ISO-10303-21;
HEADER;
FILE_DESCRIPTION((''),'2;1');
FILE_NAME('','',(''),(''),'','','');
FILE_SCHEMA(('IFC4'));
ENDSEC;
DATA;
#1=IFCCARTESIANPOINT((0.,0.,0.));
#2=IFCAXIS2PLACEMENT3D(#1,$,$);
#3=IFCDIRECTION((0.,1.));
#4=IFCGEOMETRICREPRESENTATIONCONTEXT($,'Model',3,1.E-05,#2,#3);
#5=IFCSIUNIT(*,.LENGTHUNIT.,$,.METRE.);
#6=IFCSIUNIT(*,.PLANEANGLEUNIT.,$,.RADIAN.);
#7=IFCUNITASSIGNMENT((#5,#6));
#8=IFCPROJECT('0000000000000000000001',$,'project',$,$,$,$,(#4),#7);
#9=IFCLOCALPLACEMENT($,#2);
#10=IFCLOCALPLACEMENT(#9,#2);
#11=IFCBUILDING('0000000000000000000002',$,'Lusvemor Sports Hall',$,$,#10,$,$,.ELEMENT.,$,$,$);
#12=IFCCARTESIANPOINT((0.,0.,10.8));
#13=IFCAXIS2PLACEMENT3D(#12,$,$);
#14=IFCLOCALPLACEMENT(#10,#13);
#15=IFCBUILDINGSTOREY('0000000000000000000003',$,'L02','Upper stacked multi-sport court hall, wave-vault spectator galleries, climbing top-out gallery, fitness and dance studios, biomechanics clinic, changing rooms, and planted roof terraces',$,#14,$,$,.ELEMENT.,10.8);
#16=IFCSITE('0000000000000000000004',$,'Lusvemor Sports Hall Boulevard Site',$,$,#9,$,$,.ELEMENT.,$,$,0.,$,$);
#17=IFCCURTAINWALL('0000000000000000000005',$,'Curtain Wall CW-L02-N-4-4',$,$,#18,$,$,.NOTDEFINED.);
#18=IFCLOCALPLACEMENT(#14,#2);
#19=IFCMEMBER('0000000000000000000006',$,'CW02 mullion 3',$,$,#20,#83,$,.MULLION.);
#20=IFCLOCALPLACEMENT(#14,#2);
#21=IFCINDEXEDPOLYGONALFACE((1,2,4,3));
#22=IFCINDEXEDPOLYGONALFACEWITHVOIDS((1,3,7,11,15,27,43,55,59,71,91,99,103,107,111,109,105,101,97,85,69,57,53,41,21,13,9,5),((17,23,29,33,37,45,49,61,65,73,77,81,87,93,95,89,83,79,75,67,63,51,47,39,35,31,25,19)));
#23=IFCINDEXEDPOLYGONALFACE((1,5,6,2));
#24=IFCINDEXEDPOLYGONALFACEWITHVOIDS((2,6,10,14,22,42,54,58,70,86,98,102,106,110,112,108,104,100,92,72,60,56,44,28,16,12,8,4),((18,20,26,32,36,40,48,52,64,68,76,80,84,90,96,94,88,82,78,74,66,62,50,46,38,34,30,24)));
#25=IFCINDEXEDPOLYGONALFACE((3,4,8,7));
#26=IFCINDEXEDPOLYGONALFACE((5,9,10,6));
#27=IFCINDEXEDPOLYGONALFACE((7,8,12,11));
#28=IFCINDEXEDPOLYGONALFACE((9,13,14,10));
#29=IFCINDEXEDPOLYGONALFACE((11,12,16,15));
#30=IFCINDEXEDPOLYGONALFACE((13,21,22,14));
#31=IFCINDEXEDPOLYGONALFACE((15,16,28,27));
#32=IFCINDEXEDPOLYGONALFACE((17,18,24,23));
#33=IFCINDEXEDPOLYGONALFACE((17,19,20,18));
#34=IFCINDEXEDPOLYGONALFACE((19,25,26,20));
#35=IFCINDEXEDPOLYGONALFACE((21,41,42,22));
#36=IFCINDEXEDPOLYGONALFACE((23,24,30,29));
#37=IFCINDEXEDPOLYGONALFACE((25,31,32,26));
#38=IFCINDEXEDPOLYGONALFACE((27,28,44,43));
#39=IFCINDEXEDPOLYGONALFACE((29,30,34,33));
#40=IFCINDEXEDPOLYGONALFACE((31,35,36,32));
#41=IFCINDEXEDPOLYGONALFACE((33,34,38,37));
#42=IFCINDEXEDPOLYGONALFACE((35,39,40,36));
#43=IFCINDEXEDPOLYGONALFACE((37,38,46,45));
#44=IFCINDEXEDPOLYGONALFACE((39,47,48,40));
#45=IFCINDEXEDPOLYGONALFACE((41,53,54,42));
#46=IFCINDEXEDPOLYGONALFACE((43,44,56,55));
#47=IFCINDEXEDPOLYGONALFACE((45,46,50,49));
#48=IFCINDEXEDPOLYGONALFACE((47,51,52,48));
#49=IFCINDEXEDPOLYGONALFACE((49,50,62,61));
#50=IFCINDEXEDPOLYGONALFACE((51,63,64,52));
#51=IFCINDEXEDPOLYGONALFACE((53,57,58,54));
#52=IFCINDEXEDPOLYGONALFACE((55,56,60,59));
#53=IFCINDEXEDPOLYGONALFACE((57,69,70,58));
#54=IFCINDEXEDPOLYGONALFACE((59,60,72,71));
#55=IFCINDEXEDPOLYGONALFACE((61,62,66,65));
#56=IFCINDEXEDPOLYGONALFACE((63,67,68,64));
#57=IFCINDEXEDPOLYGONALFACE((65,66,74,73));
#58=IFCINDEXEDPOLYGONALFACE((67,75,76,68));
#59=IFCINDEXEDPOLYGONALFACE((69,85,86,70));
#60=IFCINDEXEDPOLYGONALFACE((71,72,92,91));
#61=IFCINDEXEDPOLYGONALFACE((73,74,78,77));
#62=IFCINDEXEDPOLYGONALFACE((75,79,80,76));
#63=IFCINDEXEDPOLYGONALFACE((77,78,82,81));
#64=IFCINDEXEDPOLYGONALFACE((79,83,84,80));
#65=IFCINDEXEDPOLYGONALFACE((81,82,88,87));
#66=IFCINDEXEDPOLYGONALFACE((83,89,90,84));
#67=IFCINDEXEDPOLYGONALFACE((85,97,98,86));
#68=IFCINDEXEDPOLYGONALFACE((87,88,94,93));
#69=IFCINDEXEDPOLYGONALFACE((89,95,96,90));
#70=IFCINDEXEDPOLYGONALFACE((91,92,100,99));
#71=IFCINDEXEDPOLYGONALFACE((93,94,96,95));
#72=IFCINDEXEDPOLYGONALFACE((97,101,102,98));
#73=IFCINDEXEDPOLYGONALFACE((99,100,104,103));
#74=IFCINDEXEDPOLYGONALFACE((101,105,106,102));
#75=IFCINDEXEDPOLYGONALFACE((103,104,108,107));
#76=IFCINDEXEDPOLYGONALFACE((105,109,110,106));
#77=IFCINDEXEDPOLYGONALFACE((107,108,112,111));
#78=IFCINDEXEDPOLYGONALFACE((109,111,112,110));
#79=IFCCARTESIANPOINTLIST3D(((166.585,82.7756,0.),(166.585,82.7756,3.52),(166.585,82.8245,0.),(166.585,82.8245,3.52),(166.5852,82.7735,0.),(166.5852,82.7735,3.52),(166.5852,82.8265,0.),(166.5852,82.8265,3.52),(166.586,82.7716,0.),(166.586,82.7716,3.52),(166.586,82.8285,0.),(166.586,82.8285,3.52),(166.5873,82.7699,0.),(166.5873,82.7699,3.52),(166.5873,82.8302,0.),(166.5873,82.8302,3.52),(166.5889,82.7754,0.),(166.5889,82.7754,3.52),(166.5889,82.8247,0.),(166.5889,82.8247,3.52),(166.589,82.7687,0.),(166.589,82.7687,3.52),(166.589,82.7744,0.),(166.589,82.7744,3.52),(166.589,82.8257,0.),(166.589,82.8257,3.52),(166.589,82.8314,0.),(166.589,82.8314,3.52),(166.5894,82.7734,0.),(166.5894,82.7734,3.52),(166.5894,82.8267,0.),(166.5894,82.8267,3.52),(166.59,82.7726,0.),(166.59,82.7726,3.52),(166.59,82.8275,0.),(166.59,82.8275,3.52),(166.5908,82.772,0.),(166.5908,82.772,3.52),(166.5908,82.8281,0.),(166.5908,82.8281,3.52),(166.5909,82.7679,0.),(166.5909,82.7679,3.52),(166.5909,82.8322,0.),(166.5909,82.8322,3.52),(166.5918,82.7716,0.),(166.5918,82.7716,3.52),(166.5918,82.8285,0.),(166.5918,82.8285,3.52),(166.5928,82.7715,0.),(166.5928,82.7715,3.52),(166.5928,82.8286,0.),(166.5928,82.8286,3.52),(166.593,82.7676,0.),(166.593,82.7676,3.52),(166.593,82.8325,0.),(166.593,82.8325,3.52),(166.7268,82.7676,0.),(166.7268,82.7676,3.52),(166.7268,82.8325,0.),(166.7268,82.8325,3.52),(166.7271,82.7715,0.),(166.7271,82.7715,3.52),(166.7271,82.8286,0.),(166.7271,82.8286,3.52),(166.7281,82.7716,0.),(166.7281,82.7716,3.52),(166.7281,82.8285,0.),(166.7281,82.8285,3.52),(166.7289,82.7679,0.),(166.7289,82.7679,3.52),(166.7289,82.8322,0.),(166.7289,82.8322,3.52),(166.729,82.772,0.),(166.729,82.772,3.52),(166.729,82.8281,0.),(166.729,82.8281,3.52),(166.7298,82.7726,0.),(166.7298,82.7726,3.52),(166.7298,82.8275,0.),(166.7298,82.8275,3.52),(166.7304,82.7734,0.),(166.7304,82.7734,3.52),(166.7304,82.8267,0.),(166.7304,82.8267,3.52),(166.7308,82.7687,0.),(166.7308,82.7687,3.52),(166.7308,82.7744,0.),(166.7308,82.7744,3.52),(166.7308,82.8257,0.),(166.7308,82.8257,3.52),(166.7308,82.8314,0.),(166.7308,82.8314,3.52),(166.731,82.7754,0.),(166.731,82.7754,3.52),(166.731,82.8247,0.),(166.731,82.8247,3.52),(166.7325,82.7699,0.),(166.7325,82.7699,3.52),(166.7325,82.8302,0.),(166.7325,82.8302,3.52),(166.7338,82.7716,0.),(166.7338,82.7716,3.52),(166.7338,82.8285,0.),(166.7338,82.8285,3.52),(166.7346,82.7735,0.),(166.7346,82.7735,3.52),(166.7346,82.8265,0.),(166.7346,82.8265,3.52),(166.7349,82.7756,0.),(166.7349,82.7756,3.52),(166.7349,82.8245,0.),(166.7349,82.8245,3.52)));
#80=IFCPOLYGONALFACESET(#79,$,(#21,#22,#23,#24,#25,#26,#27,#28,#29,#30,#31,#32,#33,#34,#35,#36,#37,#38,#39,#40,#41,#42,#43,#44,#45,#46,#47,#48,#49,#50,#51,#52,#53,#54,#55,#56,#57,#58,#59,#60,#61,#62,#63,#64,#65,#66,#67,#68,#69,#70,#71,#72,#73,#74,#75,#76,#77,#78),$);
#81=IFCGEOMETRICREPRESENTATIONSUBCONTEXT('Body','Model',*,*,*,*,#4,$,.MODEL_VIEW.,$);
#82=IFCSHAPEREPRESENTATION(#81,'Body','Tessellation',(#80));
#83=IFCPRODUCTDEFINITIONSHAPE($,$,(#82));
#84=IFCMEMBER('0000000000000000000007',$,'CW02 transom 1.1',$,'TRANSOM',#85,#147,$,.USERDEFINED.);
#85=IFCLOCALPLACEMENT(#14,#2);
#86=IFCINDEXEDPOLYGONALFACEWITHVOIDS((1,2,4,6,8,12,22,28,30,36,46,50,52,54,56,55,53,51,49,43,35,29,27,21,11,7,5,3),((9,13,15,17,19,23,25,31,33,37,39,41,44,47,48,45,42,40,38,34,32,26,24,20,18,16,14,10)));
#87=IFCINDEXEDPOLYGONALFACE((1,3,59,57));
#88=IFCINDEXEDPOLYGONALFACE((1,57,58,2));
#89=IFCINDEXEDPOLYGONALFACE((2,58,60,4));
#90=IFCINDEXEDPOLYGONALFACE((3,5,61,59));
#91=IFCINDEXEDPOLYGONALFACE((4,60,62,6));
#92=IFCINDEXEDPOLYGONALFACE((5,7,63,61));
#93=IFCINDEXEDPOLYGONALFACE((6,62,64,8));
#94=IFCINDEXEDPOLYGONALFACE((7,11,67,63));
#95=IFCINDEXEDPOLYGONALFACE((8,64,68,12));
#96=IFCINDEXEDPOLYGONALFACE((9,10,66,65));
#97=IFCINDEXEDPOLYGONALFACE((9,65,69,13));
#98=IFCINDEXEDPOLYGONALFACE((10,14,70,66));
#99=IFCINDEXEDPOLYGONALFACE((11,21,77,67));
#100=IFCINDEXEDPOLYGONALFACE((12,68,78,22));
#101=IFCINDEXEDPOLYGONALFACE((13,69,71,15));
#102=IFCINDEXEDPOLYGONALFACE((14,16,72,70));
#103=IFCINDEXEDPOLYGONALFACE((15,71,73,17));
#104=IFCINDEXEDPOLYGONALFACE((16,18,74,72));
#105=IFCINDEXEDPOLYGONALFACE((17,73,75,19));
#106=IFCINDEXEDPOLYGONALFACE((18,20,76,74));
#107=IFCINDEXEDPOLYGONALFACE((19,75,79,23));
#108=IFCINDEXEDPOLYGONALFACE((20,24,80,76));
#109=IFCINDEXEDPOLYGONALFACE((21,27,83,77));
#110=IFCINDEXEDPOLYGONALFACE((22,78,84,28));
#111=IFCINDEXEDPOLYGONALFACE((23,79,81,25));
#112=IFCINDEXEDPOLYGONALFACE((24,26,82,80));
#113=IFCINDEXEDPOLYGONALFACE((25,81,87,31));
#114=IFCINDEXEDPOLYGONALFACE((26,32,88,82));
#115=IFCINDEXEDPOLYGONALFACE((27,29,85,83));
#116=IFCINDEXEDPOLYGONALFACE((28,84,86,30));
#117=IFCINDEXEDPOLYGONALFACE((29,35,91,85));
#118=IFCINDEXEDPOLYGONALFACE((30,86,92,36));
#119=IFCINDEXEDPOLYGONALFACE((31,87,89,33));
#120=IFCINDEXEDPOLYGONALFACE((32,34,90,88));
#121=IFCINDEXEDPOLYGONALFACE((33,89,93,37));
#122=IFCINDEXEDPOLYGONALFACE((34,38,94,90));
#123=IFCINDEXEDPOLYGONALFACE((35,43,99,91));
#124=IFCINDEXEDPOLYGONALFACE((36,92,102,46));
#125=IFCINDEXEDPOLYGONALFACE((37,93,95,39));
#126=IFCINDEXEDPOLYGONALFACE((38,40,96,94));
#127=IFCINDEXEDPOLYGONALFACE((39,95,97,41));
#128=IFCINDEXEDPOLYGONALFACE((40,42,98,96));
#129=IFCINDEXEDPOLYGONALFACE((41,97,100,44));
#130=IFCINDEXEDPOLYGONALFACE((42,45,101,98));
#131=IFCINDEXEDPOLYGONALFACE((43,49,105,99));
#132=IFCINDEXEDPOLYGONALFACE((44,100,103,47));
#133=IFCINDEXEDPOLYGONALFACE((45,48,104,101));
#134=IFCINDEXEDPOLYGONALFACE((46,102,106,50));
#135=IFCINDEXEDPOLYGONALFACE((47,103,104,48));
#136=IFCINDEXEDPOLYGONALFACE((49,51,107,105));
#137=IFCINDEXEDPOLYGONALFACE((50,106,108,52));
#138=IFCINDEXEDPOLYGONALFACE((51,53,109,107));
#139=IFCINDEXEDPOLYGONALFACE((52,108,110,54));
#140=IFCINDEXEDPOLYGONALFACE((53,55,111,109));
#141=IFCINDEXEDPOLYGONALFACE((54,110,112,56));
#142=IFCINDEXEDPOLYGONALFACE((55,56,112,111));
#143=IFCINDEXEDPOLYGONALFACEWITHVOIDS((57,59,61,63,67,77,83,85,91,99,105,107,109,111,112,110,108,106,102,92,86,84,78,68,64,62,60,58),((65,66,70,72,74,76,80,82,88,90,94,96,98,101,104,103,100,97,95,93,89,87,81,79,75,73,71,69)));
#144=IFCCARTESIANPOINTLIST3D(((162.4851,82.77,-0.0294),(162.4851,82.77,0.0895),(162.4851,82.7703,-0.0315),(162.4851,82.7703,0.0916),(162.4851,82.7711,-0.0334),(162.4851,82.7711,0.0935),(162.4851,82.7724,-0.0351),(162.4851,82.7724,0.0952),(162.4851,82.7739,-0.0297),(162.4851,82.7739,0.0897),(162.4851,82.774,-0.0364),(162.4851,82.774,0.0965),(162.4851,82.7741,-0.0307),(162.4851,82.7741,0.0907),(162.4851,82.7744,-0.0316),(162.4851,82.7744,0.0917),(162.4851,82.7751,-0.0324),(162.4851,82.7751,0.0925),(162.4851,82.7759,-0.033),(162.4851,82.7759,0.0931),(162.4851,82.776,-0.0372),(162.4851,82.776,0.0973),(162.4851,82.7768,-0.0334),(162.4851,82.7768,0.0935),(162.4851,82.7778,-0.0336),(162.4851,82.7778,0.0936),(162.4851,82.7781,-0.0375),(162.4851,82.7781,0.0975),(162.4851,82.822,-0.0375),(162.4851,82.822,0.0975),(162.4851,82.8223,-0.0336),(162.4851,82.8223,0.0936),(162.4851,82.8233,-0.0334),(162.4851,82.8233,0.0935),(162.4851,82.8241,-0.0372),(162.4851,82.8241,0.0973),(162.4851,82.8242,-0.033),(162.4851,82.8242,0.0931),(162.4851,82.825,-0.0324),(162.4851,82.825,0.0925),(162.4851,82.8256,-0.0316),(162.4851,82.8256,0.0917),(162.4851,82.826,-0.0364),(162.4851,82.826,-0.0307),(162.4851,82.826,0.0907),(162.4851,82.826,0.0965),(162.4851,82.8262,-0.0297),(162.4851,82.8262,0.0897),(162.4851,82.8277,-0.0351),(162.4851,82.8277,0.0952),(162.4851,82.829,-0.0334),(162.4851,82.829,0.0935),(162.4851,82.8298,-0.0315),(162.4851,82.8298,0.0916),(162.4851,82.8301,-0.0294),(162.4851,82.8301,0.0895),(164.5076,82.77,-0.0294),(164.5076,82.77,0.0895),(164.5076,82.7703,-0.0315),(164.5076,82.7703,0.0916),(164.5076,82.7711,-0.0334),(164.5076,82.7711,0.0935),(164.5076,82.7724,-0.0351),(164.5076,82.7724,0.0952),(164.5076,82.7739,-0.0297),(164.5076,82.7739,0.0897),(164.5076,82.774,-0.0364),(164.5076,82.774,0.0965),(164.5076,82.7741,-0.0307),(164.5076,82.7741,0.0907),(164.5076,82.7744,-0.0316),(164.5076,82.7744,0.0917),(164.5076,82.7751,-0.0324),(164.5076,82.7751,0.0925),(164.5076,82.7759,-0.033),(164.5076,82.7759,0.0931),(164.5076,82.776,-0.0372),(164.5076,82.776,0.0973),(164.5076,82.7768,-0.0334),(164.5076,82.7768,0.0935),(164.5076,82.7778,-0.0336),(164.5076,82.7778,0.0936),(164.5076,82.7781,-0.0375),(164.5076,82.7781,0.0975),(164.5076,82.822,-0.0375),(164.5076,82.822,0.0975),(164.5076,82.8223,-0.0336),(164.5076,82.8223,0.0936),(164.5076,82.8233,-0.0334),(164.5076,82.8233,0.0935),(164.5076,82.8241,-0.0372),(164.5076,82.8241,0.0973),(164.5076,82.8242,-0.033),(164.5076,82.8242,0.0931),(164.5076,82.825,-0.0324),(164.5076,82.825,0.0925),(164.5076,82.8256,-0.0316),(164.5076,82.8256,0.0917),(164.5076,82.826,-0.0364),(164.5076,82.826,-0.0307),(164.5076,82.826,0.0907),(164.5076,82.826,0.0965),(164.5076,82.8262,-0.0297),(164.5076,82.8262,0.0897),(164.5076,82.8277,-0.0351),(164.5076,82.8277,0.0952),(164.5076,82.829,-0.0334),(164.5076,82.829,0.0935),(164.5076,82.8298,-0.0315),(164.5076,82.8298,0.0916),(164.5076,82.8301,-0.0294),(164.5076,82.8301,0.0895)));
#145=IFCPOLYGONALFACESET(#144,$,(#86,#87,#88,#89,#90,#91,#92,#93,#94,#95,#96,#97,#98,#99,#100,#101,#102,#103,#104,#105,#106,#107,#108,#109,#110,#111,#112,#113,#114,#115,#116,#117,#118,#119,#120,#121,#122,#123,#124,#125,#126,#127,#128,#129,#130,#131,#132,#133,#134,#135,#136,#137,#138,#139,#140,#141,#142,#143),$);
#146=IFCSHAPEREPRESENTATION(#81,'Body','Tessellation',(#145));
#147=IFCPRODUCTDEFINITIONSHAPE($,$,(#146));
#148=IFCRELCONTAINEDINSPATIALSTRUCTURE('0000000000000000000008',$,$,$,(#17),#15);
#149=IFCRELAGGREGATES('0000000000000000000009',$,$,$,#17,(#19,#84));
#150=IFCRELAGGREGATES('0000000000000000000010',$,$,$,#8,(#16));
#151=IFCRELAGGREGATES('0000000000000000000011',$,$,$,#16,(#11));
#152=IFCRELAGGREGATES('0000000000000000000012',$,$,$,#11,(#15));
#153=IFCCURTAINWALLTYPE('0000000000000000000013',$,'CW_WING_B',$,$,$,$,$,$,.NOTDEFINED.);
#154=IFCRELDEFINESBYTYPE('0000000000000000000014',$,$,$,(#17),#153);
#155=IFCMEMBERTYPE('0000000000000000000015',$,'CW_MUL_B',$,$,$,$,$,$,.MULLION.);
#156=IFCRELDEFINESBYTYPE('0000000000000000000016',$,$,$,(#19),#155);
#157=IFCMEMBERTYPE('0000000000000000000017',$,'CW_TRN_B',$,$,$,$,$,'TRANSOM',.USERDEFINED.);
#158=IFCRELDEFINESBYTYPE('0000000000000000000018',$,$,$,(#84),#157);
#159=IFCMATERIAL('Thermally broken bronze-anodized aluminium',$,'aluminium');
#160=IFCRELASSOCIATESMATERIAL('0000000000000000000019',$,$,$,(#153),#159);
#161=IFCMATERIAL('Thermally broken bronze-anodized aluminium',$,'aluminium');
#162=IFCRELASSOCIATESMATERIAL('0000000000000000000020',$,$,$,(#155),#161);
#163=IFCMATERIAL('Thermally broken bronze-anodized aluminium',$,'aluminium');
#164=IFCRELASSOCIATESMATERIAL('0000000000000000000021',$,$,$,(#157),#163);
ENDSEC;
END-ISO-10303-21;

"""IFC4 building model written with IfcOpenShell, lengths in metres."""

from ifc_helpers import new_model, si_unit, direction, frame, origin, origin_2d, place, context, subcontext, project, spatial, hollow_rectangle, extrude, material, material_profile, profile_set, type_object, element, aggregate, save


model = new_model("IFC4")

# Units and contexts
model_context = context("Model", 3, precision=1e-05, world=origin(), true_north=direction((0.0, 1.0)))
body_context = subcontext(model_context, "Body", "Model", "MODEL_VIEW")
ifc_project = project(units=[si_unit("LENGTHUNIT", "METRE"), si_unit("PLANEANGLEUNIT", "RADIAN")], contexts=[model_context])

# Site, building, storey
site_placement = place(None, origin())
site = spatial("IfcSite", under=ifc_project, at=site_placement, Name="Lusvemor Sports Hall Boulevard Site", CompositionType="ELEMENT", RefElevation=0.0)
building_placement = place(site_placement, origin())
building = spatial("IfcBuilding", under=site, at=building_placement, Name="Lusvemor Sports Hall", CompositionType="ELEMENT")
storey_placement = place(building_placement, frame((0.0, 0.0, 10.8)))
storey = spatial("IfcBuildingStorey", under=building, at=storey_placement, Name="L02", Description="Upper stacked multi-sport court hall, wave-vault spectator galleries, climbing top-out gallery, fitness and dance studios, biomechanics clinic, changing rooms, and planted roof terraces", CompositionType="ELEMENT", Elevation=10.8)

# Curtain wall, members
ifc_material_1 = material(Name="Thermally broken bronze-anodized aluminium", Category="aluminium")
curtain_wall_type = type_object("IfcCurtainWallType", Name="CW_WING_B", PredefinedType="NOTDEFINED", material=ifc_material_1)
curtain_wall_placement = place(storey_placement, origin())
curtain_wall = element("IfcCurtainWall", 1, at=curtain_wall_placement, inside=storey, type_object=curtain_wall_type, Name="Curtain Wall CW-L02-N-4-4", PredefinedType="NOTDEFINED")
ifc_material_2 = material(Name="Thermally broken bronze-anodized aluminium", Category="aluminium")
ifc_material_profile_1 = material_profile(ifc_material_2, hollow_rectangle(XDim=0.0649, YDim=0.1499, WallThickness=0.0039, InnerFilletRadius=0.0039, OuterFilletRadius=0.0081, at=origin_2d()), Name="CWMUL150x65x4")
ifc_profile_set_1 = profile_set([ifc_material_profile_1], Name="Thermally broken bronze-anodized aluminium")
member_type_1 = type_object("IfcMemberType", Name="CW_MUL_B", PredefinedType="MULLION", material=ifc_profile_set_1)
member_1_placement = place(storey_placement, frame((166.6599, 82.8, 0.0), z_axis=(0.0, 0.0, 1.0), x_axis=(0.0, 1.0, 0.0)))
member_1 = element("IfcMember", 2, at=member_1_placement, type_object=member_type_1, Name="CW02 mullion 3", PredefinedType="MULLION", context=body_context, shape_type="SweptSolid", body=[
    extrude(hollow_rectangle(XDim=0.0649, YDim=0.1499, WallThickness=0.0039, InnerFilletRadius=0.0039, OuterFilletRadius=0.0081, at=origin_2d()), origin(), (0.0, 0.0, 1.0), 3.52),
])
ifc_material_3 = material(Name="Thermally broken bronze-anodized aluminium", Category="aluminium")
ifc_material_profile_2 = material_profile(ifc_material_3, hollow_rectangle(XDim=0.0601, YDim=0.135, WallThickness=0.0039, InnerFilletRadius=0.0039, OuterFilletRadius=0.0081, at=origin_2d()), Name="CWTRN135x60x4")
ifc_profile_set_2 = profile_set([ifc_material_profile_2], Name="Thermally broken bronze-anodized aluminium")
member_type_2 = type_object("IfcMemberType", Name="CW_TRN_B", ElementType="TRANSOM", PredefinedType="USERDEFINED", material=ifc_profile_set_2)
member_2_placement = place(storey_placement, frame((162.4851, 82.8, 0.03), z_axis=(1.0, 0.0, 0.0), x_axis=(0.0, 1.0, 0.0)))
member_2 = element("IfcMember", 3, at=member_2_placement, type_object=member_type_2, Name="CW02 transom 1.1", ObjectType="TRANSOM", PredefinedType="USERDEFINED", context=body_context, shape_type="SweptSolid", body=[
    extrude(hollow_rectangle(XDim=0.0601, YDim=0.135, WallThickness=0.0039, InnerFilletRadius=0.0039, OuterFilletRadius=0.0081, at=origin_2d()), origin(), (0.0, 0.0, 1.0), 2.0225),
])
aggregate(curtain_wall, [member_1, member_2])

save(model, "model.ifc")
